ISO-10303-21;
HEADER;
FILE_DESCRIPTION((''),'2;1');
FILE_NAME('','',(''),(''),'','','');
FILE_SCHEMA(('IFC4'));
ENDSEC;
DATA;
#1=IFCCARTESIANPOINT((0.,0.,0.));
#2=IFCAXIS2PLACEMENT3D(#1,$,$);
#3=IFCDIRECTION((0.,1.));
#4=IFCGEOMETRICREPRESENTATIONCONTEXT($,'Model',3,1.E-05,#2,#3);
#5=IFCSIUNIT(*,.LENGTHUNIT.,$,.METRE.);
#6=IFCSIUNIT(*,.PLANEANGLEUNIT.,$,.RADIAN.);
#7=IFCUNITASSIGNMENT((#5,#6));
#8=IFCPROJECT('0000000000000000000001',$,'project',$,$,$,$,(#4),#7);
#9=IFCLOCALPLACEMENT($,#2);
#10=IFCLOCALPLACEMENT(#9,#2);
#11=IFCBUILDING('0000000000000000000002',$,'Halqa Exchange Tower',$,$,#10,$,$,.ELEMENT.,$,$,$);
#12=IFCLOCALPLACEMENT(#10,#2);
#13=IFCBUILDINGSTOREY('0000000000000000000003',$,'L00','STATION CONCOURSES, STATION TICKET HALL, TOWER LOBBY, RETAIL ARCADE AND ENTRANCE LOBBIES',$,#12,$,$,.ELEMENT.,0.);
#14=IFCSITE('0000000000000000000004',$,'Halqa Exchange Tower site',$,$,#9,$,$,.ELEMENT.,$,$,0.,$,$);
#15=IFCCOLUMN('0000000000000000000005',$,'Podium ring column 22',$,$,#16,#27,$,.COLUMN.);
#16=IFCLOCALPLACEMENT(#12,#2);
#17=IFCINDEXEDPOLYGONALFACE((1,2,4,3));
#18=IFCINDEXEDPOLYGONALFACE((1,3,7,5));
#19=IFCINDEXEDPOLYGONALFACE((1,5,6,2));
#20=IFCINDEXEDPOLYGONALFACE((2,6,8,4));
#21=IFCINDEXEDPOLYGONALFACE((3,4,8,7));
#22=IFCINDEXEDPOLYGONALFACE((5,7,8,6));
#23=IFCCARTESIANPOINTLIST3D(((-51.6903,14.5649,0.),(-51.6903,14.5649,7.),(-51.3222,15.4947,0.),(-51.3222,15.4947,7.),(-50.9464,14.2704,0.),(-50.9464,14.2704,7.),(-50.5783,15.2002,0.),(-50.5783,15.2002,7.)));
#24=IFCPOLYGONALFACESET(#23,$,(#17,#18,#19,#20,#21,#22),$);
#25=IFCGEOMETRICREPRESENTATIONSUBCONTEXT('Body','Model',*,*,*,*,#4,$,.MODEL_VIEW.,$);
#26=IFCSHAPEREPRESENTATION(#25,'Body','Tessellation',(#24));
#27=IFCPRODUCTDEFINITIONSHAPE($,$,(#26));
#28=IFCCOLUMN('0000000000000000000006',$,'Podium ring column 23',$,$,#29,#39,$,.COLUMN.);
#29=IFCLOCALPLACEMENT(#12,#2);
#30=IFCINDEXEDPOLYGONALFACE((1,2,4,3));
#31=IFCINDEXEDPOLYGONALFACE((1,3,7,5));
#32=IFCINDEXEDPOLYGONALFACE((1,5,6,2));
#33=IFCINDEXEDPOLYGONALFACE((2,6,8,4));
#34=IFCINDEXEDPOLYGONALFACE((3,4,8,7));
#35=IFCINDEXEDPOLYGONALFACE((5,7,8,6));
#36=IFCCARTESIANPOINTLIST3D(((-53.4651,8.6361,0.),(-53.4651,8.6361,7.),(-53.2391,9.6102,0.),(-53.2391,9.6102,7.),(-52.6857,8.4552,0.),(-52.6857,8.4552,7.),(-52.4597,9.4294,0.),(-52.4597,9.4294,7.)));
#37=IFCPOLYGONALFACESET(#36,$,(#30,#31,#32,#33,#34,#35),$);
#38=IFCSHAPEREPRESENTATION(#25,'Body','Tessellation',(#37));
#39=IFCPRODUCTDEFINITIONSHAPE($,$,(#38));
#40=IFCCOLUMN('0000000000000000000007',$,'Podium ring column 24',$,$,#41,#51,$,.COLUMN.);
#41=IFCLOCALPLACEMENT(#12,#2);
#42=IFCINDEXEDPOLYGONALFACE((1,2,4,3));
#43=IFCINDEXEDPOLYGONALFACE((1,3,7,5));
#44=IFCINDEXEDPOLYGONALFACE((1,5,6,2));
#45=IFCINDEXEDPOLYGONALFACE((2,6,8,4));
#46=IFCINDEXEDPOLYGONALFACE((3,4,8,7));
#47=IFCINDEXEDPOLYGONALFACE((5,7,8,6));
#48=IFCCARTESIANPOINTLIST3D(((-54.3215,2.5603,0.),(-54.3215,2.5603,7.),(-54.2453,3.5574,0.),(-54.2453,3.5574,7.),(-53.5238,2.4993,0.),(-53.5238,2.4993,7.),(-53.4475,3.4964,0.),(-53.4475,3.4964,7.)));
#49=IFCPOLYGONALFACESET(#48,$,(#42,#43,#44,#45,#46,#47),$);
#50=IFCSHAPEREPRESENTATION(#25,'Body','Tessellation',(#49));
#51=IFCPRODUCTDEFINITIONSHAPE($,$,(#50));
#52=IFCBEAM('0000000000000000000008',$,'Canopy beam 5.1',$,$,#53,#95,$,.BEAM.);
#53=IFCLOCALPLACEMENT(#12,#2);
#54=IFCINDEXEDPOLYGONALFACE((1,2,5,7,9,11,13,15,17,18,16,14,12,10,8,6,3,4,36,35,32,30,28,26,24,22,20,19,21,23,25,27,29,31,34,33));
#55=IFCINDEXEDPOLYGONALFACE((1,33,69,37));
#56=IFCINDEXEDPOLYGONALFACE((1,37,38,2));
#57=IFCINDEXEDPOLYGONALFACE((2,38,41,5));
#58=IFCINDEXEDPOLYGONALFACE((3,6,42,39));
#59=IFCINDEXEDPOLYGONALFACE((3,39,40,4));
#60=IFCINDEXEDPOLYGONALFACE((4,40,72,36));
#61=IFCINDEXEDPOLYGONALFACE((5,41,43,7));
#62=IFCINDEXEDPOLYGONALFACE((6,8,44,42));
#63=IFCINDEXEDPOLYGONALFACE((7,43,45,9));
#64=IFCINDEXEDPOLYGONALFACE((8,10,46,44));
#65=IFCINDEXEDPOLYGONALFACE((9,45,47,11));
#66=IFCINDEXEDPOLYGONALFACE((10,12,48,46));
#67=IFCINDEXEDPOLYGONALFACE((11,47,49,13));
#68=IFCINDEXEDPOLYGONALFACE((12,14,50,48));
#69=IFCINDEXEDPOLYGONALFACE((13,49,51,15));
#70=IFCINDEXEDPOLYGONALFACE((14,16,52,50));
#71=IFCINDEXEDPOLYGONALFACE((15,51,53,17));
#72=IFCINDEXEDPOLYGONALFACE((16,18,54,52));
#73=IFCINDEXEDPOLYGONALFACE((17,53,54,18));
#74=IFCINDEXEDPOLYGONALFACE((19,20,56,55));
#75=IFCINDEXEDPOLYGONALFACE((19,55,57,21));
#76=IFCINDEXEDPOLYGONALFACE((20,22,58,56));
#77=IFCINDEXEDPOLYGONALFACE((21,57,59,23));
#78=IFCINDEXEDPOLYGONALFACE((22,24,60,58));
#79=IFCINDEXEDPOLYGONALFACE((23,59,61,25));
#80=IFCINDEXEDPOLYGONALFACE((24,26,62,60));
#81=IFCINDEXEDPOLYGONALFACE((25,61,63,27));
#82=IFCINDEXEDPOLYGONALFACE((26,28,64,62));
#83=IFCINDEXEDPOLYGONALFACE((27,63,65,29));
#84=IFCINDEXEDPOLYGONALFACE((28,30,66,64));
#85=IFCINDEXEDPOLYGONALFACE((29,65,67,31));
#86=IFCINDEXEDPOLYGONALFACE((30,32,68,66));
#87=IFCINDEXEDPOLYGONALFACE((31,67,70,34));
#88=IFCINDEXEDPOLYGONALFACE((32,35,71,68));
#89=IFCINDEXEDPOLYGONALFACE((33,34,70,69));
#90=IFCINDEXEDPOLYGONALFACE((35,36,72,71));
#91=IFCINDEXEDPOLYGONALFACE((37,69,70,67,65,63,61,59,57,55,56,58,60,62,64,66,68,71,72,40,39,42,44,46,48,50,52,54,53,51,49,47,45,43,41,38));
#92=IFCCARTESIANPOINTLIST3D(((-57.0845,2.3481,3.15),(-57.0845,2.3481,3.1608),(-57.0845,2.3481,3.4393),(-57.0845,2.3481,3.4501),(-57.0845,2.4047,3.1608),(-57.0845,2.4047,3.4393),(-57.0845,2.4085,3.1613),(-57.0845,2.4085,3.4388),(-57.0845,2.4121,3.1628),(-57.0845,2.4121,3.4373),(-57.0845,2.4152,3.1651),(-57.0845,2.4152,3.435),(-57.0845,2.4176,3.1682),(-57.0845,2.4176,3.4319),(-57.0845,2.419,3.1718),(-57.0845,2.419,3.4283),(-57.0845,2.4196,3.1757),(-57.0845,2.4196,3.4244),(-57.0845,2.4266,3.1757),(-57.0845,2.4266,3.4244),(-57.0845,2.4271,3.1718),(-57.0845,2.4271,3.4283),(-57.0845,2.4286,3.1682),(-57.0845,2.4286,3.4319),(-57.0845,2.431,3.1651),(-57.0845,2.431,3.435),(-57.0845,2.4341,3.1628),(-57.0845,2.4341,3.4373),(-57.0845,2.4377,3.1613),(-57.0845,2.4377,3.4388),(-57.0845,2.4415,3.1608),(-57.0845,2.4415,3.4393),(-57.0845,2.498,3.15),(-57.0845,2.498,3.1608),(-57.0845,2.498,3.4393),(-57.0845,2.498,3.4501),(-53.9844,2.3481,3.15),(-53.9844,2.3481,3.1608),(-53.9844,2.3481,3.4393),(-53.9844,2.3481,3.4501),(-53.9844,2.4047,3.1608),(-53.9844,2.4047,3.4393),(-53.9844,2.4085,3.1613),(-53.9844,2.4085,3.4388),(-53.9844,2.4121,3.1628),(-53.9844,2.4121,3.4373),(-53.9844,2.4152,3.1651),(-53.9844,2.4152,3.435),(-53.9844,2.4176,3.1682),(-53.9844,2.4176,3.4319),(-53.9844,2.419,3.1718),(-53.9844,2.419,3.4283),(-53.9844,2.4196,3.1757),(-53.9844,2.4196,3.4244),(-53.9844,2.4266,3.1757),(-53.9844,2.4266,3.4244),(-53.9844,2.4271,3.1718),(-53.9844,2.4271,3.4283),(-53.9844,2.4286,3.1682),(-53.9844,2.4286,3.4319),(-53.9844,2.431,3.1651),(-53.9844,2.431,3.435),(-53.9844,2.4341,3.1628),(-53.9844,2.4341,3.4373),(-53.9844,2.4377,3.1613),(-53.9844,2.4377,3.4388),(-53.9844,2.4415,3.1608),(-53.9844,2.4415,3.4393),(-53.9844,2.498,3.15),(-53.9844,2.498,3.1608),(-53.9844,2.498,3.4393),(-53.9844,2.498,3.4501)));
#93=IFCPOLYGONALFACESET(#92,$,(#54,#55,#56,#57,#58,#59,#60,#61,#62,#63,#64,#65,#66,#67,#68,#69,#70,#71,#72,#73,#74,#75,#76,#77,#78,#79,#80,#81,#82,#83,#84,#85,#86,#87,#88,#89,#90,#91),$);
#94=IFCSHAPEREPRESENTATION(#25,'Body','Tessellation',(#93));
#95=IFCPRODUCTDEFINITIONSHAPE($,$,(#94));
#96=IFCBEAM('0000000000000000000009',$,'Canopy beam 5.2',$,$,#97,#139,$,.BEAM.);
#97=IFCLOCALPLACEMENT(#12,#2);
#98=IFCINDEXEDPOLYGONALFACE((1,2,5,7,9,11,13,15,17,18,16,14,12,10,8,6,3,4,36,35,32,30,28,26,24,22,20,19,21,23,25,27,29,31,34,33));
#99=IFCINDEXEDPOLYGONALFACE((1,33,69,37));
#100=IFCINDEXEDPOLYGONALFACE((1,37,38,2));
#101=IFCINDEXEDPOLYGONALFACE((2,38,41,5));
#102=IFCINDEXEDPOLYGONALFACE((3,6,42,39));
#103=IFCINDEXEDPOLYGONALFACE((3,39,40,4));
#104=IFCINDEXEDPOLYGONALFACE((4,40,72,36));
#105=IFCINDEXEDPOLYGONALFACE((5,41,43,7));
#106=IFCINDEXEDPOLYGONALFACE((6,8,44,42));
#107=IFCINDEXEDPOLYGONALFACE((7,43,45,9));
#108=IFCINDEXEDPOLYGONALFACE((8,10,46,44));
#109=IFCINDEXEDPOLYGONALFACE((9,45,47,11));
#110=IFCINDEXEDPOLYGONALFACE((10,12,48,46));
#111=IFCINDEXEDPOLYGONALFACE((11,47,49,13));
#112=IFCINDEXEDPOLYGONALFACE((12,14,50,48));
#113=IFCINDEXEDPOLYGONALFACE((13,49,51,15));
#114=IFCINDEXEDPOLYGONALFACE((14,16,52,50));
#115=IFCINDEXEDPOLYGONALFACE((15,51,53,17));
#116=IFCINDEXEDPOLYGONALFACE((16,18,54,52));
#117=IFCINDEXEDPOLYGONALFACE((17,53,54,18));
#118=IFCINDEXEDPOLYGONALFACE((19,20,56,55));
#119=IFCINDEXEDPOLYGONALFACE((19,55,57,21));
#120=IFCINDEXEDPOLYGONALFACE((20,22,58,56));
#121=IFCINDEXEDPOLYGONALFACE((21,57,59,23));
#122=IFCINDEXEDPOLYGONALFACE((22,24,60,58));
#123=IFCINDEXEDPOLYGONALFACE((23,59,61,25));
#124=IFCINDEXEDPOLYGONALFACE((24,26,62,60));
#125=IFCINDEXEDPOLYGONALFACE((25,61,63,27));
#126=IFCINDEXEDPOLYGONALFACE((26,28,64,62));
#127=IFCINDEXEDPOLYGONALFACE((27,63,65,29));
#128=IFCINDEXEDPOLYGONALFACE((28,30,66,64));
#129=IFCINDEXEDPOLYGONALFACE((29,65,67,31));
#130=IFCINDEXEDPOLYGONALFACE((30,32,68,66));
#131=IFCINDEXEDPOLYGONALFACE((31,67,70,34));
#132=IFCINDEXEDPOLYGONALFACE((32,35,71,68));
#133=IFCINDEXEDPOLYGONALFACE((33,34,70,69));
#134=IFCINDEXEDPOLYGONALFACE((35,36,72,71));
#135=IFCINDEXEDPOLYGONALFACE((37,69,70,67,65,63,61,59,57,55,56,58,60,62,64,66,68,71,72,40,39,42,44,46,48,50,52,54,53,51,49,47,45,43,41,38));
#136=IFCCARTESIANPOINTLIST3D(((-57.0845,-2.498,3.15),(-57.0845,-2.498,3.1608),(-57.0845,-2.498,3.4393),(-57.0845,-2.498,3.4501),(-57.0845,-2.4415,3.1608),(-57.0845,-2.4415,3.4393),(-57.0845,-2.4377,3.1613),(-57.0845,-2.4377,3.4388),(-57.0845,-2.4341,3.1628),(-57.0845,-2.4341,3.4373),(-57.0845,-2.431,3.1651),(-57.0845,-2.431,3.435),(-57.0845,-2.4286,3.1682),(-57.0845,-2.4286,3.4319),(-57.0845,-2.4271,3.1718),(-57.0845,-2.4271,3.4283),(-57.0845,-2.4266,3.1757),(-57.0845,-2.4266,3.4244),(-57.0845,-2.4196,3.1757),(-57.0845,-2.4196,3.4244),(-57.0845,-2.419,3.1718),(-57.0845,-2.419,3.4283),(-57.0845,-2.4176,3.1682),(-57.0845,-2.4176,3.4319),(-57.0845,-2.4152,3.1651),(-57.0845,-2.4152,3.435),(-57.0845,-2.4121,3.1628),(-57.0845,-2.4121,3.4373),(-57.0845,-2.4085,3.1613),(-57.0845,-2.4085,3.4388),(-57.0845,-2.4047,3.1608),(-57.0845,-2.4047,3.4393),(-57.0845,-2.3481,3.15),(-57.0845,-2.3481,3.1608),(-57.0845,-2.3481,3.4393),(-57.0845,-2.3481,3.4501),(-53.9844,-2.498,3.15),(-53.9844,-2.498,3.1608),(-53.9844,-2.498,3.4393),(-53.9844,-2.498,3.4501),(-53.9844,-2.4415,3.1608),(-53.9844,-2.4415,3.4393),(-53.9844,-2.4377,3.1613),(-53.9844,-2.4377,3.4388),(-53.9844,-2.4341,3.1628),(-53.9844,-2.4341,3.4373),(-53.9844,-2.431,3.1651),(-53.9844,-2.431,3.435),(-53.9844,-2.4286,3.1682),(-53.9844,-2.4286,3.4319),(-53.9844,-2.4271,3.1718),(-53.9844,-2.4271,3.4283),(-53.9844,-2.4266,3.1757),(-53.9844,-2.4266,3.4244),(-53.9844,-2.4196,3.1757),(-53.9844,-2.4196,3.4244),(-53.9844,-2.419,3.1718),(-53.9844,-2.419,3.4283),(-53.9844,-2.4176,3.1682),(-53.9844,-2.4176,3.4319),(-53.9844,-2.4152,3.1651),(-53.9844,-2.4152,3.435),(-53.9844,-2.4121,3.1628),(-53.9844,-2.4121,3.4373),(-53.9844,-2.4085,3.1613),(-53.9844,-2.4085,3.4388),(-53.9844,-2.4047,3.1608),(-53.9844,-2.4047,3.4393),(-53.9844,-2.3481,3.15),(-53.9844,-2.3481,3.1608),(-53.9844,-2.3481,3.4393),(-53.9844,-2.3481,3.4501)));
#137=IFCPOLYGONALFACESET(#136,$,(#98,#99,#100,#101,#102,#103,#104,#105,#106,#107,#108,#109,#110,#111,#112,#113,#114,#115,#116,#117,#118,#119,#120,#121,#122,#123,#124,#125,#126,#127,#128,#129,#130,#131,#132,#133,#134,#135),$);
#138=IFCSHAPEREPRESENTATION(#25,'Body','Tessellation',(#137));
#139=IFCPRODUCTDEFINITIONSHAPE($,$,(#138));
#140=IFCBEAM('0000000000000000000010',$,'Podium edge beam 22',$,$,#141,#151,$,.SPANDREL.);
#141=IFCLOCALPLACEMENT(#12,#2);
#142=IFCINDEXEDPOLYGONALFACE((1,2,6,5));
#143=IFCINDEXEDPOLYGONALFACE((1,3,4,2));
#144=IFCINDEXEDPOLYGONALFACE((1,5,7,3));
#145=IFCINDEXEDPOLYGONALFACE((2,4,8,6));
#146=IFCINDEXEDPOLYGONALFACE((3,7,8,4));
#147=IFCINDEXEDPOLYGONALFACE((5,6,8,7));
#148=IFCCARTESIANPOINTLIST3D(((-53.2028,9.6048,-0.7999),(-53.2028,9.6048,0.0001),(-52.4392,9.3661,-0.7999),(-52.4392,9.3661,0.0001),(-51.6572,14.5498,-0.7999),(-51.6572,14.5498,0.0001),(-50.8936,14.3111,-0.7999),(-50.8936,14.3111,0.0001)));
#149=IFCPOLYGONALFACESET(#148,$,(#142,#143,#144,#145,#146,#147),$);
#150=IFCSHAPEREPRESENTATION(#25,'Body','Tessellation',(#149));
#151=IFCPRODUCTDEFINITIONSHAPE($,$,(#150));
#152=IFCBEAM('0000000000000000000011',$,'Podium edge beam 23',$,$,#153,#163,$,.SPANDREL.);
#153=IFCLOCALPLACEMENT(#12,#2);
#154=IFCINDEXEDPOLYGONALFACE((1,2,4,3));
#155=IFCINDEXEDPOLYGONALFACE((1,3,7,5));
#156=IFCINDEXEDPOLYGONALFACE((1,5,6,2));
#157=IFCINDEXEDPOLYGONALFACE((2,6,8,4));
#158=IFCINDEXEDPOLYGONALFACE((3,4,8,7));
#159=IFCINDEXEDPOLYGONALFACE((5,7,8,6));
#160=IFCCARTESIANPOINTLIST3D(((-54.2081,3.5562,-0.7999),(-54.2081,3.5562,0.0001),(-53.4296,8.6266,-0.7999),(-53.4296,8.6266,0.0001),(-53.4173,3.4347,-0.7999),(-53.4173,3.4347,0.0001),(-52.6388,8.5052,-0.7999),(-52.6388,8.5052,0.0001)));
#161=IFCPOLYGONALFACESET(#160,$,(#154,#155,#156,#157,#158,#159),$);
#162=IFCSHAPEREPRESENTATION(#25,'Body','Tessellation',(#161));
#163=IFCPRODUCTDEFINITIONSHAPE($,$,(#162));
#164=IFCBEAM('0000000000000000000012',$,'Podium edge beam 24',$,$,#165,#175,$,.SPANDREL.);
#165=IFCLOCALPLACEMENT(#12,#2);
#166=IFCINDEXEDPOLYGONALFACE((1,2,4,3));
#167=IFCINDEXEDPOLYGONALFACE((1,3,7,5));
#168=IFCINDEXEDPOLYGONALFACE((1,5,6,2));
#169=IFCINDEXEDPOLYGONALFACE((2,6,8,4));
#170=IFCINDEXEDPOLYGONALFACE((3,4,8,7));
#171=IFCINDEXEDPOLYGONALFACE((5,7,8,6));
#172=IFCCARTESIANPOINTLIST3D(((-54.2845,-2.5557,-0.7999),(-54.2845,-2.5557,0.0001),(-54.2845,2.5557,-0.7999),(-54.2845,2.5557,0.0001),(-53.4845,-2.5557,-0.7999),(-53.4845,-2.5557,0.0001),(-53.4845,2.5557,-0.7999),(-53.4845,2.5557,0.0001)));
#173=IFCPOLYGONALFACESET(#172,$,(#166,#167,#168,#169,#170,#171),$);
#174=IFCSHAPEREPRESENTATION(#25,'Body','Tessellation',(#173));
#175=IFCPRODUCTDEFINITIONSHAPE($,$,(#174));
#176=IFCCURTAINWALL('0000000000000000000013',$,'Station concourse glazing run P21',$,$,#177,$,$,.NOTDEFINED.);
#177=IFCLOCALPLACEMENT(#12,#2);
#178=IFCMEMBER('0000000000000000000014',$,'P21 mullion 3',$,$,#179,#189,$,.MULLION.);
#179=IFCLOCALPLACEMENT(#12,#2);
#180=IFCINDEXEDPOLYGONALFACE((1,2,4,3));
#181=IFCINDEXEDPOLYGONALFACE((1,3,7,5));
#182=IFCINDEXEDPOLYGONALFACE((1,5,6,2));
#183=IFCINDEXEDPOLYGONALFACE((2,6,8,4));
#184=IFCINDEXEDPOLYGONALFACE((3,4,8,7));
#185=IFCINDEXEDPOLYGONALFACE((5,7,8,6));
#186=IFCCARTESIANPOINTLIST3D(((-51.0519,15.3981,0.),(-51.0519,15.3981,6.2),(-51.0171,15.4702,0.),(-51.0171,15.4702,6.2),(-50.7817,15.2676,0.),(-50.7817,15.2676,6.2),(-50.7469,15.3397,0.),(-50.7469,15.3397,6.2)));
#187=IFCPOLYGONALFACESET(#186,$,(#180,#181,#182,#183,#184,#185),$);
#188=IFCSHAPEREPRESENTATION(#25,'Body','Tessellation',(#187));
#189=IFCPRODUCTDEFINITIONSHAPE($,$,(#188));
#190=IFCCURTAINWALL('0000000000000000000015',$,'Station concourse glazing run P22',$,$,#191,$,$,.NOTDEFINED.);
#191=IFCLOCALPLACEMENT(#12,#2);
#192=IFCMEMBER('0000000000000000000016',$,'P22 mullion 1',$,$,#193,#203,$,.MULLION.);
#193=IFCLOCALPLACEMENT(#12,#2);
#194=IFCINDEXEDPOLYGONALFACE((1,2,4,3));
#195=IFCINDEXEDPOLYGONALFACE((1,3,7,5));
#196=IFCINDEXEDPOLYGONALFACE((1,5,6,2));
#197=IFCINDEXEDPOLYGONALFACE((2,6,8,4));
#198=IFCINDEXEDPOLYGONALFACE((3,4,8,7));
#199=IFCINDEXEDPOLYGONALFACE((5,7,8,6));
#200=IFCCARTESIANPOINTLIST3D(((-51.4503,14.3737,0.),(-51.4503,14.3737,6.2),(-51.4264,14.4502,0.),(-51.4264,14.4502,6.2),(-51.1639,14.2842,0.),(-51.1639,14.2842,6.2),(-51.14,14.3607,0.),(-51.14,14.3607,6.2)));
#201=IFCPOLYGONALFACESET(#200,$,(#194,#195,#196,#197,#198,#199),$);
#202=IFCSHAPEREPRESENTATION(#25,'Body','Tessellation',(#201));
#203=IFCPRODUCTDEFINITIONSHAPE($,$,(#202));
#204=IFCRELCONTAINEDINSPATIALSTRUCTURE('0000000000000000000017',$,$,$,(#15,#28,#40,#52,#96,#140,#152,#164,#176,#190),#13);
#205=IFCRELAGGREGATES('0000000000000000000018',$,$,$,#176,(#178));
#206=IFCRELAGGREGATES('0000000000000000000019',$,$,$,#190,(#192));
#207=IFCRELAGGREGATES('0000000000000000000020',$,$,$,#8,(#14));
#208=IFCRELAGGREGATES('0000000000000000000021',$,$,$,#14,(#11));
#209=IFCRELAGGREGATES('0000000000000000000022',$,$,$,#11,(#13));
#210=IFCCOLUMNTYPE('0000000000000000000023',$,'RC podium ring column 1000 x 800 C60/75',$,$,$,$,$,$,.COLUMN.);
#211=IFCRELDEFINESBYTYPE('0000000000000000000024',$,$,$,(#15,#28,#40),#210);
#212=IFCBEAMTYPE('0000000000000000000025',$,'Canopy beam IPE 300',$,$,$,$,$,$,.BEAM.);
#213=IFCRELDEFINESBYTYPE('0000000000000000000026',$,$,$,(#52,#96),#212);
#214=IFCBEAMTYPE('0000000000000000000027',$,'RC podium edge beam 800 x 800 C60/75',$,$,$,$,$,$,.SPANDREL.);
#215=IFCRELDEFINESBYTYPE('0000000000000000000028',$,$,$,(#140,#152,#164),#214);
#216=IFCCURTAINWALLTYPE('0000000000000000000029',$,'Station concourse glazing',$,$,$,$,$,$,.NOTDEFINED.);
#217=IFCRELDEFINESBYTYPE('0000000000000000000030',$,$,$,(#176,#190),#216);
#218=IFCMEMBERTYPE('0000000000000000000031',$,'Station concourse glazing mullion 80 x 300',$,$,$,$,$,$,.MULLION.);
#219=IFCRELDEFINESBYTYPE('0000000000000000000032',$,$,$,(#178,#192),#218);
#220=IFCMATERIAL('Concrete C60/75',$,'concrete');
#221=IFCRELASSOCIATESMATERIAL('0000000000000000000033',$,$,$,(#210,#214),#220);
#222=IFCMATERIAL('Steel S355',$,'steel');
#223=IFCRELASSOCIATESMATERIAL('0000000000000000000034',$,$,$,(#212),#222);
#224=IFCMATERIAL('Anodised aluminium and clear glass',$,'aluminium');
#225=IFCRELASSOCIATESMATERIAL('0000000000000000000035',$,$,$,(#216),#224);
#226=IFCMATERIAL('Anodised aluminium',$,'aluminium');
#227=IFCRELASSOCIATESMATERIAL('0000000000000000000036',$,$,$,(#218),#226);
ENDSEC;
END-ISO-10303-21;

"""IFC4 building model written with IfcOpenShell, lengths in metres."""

from ifc_helpers import new_model, si_unit, direction, frame, origin, origin_2d, place, context, subcontext, project, spatial, rectangle, i_section, extrude, material, material_profile, profile_set, type_object, element, aggregate, save


model = new_model("IFC4")

# Units and contexts
model_context = context("Model", 3, precision=1e-05, world=origin(), true_north=direction((0.0, 1.0)))
body_context = subcontext(model_context, "Body", "Model", "MODEL_VIEW")
ifc_project = project(units=[si_unit("LENGTHUNIT", "METRE"), si_unit("PLANEANGLEUNIT", "RADIAN")], contexts=[model_context])

# Site, building, storey
site_placement = place(None, origin())
site = spatial("IfcSite", under=ifc_project, at=site_placement, Name="Halqa Exchange Tower site", CompositionType="ELEMENT", RefElevation=0.0)
building_placement = place(site_placement, origin())
building = spatial("IfcBuilding", under=site, at=building_placement, Name="Halqa Exchange Tower", CompositionType="ELEMENT")
storey_placement = place(building_placement, origin())
storey = spatial("IfcBuildingStorey", under=building, at=storey_placement, Name="L00", Description="STATION CONCOURSES, STATION TICKET HALL, TOWER LOBBY, RETAIL ARCADE AND ENTRANCE LOBBIES", CompositionType="ELEMENT", Elevation=0.0)

# Columns
ifc_material_1 = material(Name="Concrete C60/75", Category="concrete")
ifc_material_profile_1 = material_profile(ifc_material_1, rectangle(XDim=1.0, YDim=0.8, at=origin_2d()), Name="1000 x 800")
ifc_profile_set_1 = profile_set([ifc_material_profile_1], Name="Concrete C60/75")
column_type = type_object("IfcColumnType", Name="RC podium ring column 1000 x 800 C60/75", PredefinedType="COLUMN", material=ifc_profile_set_1)
for number, where, z_axis, x_axis, name in (
    (1, (-51.1343, 14.8826, 0.0), (0.0, 0.0, 1.0), (-0.36811, -0.929782, 0.0), "Podium ring column 22"),
    (2, (-52.9624, 9.0327, 0.0), (0.0, 0.0, 1.0), (-0.225997, -0.974128, 0.0), "Podium ring column 23"),
    (3, (-53.8845, 3.0283, 0.0), (0.0, 0.0, 1.0), (-0.076223, -0.997091, 0.0), "Podium ring column 24"),
):
    element("IfcColumn", number, at=place(storey_placement, frame(where, z_axis=z_axis, x_axis=x_axis)), inside=storey, type_object=column_type, Name=name, PredefinedType="COLUMN", context=body_context, shape_type="SweptSolid", body=[
        extrude(rectangle(XDim=1.0, YDim=0.8, at=origin_2d()), origin(), (0.0, 0.0, 1.0), 7.0),
    ])

# Beams
ifc_material_2 = material(Name="Steel S355", Category="steel")
ifc_material_profile_2 = material_profile(ifc_material_2, i_section(OverallWidth=0.1499, OverallDepth=0.3, WebThickness=0.0071, FlangeThickness=0.0107, FilletRadius=0.0149, at=origin_2d()), Name="IPE 300")
ifc_profile_set_2 = profile_set([ifc_material_profile_2], Name="Steel S355")
beam_type_1 = type_object("IfcBeamType", Name="Canopy beam IPE 300", PredefinedType="BEAM", material=ifc_profile_set_2)
for number, where, z_axis, x_axis, name in (
    (4, (-53.9844, 2.4231, 3.3), (-1.0, 0.0, 0.0), (0.0, -1.0, 0.0), "Canopy beam 5.1"),
    (5, (-53.9844, -2.4231, 3.3), (-1.0, 0.0, 0.0), (0.0, -1.0, 0.0), "Canopy beam 5.2"),
):
    element("IfcBeam", number, at=place(storey_placement, frame(where, z_axis=z_axis, x_axis=x_axis)), inside=storey, type_object=beam_type_1, Name=name, PredefinedType="BEAM", context=body_context, shape_type="SweptSolid", body=[
        extrude(i_section(OverallWidth=0.1499, OverallDepth=0.3, WebThickness=0.0071, FlangeThickness=0.0107, FilletRadius=0.0149, at=origin_2d()), origin(), (0.0, 0.0, 1.0), 3.1001),
    ])
ifc_material_profile_3 = material_profile(ifc_material_1, rectangle(XDim=0.8, YDim=0.8, at=origin_2d()), Name="800 x 800")
ifc_profile_set_3 = profile_set([ifc_material_profile_3], Name="Concrete C60/75")
beam_type_2 = type_object("IfcBeamType", Name="RC podium edge beam 800 x 800 C60/75", PredefinedType="SPANDREL", material=ifc_profile_set_3)
beam_1_placement = place(storey_placement, frame((-51.2754, 14.4304, -0.3999), z_axis=(-0.298331, -0.954462, 0.0), x_axis=(0.954462, -0.298331, 0.0)))
element("IfcBeam", 6, at=beam_1_placement, inside=storey, type_object=beam_type_2, Name="Podium edge beam 22", PredefinedType="SPANDREL", context=body_context, shape_type="SweptSolid", body=[
    extrude(rectangle(XDim=0.8, YDim=0.8, at=origin_2d()), origin(), (0.0, 0.0, 1.0), 5.1809),
])
beam_2_placement = place(storey_placement, frame((-53.0342, 8.5659, -0.3999), z_axis=(-0.151768, -0.988416, 0.0), x_axis=(0.988416, -0.151768, 0.0)))
element("IfcBeam", 7, at=beam_2_placement, inside=storey, type_object=beam_type_2, Name="Podium edge beam 23", PredefinedType="SPANDREL", context=body_context, shape_type="SweptSolid", body=[
    extrude(rectangle(XDim=0.8, YDim=0.8, at=origin_2d()), origin(), (0.0, 0.0, 1.0), 5.1299),
])
beam_3_placement = place(storey_placement, frame((-53.8845, 2.5557, -0.3999), z_axis=(0.0, -1.0, 0.0), x_axis=(1.0, 0.0, 0.0)))
element("IfcBeam", 8, at=beam_3_placement, inside=storey, type_object=beam_type_2, Name="Podium edge beam 24", PredefinedType="SPANDREL", context=body_context, shape_type="SweptSolid", body=[
    extrude(rectangle(XDim=0.8, YDim=0.8, at=origin_2d()), origin(), (0.0, 0.0, 1.0), 5.1113),
])

# Curtain wall, member
ifc_material_3 = material(Name="Anodised aluminium and clear glass", Category="aluminium")
curtain_wall_type = type_object("IfcCurtainWallType", Name="Station concourse glazing", PredefinedType="NOTDEFINED", material=ifc_material_3)
curtain_wall_1_placement = place(storey_placement, origin())
curtain_wall_1 = element("IfcCurtainWall", 9, at=curtain_wall_1_placement, inside=storey, type_object=curtain_wall_type, Name="Station concourse glazing run P21", PredefinedType="NOTDEFINED")
ifc_material_4 = material(Name="Anodised aluminium", Category="aluminium")
ifc_material_profile_4 = material_profile(ifc_material_4, rectangle(XDim=0.3, YDim=0.0801, at=origin_2d()), Name="AL 80x300")
ifc_profile_set_4 = profile_set([ifc_material_profile_4], Name="Anodised aluminium")
member_type_1 = type_object("IfcMemberType", Name="Station concourse glazing mullion 80 x 300", PredefinedType="MULLION", material=ifc_profile_set_4)
member_1_placement = place(storey_placement, frame((-50.8994, 15.3689, 0.0), z_axis=(0.0, 0.0, 1.0), x_axis=(0.900435, -0.43499, 0.0)))
member_1 = element("IfcMember", 10, at=member_1_placement, type_object=member_type_1, Name="P21 mullion 3", PredefinedType="MULLION", context=body_context, shape_type="SweptSolid", body=[
    extrude(rectangle(XDim=0.3, YDim=0.0801, at=origin_2d()), origin(), (0.0, 0.0, 1.0), 6.2),
])

# Curtain wall, member
curtain_wall_2_placement = place(storey_placement, origin())
curtain_wall_2 = element("IfcCurtainWall", 11, at=curtain_wall_2_placement, inside=storey, type_object=curtain_wall_type, Name="Station concourse glazing run P22", PredefinedType="NOTDEFINED")
member_2_placement = place(storey_placement, frame((-51.2952, 14.3672, 0.0), z_axis=(0.0, 0.0, 1.0), x_axis=(0.954471, -0.298303, 0.0)))
member_2 = element("IfcMember", 12, at=member_2_placement, type_object=member_type_1, Name="P22 mullion 1", PredefinedType="MULLION", context=body_context, shape_type="SweptSolid", body=[
    extrude(rectangle(XDim=0.3, YDim=0.0801, at=origin_2d()), origin(), (0.0, 0.0, 1.0), 6.2),
])

aggregate(curtain_wall_1, [member_1])
aggregate(curtain_wall_2, [member_2])

save(model, "model.ifc")
